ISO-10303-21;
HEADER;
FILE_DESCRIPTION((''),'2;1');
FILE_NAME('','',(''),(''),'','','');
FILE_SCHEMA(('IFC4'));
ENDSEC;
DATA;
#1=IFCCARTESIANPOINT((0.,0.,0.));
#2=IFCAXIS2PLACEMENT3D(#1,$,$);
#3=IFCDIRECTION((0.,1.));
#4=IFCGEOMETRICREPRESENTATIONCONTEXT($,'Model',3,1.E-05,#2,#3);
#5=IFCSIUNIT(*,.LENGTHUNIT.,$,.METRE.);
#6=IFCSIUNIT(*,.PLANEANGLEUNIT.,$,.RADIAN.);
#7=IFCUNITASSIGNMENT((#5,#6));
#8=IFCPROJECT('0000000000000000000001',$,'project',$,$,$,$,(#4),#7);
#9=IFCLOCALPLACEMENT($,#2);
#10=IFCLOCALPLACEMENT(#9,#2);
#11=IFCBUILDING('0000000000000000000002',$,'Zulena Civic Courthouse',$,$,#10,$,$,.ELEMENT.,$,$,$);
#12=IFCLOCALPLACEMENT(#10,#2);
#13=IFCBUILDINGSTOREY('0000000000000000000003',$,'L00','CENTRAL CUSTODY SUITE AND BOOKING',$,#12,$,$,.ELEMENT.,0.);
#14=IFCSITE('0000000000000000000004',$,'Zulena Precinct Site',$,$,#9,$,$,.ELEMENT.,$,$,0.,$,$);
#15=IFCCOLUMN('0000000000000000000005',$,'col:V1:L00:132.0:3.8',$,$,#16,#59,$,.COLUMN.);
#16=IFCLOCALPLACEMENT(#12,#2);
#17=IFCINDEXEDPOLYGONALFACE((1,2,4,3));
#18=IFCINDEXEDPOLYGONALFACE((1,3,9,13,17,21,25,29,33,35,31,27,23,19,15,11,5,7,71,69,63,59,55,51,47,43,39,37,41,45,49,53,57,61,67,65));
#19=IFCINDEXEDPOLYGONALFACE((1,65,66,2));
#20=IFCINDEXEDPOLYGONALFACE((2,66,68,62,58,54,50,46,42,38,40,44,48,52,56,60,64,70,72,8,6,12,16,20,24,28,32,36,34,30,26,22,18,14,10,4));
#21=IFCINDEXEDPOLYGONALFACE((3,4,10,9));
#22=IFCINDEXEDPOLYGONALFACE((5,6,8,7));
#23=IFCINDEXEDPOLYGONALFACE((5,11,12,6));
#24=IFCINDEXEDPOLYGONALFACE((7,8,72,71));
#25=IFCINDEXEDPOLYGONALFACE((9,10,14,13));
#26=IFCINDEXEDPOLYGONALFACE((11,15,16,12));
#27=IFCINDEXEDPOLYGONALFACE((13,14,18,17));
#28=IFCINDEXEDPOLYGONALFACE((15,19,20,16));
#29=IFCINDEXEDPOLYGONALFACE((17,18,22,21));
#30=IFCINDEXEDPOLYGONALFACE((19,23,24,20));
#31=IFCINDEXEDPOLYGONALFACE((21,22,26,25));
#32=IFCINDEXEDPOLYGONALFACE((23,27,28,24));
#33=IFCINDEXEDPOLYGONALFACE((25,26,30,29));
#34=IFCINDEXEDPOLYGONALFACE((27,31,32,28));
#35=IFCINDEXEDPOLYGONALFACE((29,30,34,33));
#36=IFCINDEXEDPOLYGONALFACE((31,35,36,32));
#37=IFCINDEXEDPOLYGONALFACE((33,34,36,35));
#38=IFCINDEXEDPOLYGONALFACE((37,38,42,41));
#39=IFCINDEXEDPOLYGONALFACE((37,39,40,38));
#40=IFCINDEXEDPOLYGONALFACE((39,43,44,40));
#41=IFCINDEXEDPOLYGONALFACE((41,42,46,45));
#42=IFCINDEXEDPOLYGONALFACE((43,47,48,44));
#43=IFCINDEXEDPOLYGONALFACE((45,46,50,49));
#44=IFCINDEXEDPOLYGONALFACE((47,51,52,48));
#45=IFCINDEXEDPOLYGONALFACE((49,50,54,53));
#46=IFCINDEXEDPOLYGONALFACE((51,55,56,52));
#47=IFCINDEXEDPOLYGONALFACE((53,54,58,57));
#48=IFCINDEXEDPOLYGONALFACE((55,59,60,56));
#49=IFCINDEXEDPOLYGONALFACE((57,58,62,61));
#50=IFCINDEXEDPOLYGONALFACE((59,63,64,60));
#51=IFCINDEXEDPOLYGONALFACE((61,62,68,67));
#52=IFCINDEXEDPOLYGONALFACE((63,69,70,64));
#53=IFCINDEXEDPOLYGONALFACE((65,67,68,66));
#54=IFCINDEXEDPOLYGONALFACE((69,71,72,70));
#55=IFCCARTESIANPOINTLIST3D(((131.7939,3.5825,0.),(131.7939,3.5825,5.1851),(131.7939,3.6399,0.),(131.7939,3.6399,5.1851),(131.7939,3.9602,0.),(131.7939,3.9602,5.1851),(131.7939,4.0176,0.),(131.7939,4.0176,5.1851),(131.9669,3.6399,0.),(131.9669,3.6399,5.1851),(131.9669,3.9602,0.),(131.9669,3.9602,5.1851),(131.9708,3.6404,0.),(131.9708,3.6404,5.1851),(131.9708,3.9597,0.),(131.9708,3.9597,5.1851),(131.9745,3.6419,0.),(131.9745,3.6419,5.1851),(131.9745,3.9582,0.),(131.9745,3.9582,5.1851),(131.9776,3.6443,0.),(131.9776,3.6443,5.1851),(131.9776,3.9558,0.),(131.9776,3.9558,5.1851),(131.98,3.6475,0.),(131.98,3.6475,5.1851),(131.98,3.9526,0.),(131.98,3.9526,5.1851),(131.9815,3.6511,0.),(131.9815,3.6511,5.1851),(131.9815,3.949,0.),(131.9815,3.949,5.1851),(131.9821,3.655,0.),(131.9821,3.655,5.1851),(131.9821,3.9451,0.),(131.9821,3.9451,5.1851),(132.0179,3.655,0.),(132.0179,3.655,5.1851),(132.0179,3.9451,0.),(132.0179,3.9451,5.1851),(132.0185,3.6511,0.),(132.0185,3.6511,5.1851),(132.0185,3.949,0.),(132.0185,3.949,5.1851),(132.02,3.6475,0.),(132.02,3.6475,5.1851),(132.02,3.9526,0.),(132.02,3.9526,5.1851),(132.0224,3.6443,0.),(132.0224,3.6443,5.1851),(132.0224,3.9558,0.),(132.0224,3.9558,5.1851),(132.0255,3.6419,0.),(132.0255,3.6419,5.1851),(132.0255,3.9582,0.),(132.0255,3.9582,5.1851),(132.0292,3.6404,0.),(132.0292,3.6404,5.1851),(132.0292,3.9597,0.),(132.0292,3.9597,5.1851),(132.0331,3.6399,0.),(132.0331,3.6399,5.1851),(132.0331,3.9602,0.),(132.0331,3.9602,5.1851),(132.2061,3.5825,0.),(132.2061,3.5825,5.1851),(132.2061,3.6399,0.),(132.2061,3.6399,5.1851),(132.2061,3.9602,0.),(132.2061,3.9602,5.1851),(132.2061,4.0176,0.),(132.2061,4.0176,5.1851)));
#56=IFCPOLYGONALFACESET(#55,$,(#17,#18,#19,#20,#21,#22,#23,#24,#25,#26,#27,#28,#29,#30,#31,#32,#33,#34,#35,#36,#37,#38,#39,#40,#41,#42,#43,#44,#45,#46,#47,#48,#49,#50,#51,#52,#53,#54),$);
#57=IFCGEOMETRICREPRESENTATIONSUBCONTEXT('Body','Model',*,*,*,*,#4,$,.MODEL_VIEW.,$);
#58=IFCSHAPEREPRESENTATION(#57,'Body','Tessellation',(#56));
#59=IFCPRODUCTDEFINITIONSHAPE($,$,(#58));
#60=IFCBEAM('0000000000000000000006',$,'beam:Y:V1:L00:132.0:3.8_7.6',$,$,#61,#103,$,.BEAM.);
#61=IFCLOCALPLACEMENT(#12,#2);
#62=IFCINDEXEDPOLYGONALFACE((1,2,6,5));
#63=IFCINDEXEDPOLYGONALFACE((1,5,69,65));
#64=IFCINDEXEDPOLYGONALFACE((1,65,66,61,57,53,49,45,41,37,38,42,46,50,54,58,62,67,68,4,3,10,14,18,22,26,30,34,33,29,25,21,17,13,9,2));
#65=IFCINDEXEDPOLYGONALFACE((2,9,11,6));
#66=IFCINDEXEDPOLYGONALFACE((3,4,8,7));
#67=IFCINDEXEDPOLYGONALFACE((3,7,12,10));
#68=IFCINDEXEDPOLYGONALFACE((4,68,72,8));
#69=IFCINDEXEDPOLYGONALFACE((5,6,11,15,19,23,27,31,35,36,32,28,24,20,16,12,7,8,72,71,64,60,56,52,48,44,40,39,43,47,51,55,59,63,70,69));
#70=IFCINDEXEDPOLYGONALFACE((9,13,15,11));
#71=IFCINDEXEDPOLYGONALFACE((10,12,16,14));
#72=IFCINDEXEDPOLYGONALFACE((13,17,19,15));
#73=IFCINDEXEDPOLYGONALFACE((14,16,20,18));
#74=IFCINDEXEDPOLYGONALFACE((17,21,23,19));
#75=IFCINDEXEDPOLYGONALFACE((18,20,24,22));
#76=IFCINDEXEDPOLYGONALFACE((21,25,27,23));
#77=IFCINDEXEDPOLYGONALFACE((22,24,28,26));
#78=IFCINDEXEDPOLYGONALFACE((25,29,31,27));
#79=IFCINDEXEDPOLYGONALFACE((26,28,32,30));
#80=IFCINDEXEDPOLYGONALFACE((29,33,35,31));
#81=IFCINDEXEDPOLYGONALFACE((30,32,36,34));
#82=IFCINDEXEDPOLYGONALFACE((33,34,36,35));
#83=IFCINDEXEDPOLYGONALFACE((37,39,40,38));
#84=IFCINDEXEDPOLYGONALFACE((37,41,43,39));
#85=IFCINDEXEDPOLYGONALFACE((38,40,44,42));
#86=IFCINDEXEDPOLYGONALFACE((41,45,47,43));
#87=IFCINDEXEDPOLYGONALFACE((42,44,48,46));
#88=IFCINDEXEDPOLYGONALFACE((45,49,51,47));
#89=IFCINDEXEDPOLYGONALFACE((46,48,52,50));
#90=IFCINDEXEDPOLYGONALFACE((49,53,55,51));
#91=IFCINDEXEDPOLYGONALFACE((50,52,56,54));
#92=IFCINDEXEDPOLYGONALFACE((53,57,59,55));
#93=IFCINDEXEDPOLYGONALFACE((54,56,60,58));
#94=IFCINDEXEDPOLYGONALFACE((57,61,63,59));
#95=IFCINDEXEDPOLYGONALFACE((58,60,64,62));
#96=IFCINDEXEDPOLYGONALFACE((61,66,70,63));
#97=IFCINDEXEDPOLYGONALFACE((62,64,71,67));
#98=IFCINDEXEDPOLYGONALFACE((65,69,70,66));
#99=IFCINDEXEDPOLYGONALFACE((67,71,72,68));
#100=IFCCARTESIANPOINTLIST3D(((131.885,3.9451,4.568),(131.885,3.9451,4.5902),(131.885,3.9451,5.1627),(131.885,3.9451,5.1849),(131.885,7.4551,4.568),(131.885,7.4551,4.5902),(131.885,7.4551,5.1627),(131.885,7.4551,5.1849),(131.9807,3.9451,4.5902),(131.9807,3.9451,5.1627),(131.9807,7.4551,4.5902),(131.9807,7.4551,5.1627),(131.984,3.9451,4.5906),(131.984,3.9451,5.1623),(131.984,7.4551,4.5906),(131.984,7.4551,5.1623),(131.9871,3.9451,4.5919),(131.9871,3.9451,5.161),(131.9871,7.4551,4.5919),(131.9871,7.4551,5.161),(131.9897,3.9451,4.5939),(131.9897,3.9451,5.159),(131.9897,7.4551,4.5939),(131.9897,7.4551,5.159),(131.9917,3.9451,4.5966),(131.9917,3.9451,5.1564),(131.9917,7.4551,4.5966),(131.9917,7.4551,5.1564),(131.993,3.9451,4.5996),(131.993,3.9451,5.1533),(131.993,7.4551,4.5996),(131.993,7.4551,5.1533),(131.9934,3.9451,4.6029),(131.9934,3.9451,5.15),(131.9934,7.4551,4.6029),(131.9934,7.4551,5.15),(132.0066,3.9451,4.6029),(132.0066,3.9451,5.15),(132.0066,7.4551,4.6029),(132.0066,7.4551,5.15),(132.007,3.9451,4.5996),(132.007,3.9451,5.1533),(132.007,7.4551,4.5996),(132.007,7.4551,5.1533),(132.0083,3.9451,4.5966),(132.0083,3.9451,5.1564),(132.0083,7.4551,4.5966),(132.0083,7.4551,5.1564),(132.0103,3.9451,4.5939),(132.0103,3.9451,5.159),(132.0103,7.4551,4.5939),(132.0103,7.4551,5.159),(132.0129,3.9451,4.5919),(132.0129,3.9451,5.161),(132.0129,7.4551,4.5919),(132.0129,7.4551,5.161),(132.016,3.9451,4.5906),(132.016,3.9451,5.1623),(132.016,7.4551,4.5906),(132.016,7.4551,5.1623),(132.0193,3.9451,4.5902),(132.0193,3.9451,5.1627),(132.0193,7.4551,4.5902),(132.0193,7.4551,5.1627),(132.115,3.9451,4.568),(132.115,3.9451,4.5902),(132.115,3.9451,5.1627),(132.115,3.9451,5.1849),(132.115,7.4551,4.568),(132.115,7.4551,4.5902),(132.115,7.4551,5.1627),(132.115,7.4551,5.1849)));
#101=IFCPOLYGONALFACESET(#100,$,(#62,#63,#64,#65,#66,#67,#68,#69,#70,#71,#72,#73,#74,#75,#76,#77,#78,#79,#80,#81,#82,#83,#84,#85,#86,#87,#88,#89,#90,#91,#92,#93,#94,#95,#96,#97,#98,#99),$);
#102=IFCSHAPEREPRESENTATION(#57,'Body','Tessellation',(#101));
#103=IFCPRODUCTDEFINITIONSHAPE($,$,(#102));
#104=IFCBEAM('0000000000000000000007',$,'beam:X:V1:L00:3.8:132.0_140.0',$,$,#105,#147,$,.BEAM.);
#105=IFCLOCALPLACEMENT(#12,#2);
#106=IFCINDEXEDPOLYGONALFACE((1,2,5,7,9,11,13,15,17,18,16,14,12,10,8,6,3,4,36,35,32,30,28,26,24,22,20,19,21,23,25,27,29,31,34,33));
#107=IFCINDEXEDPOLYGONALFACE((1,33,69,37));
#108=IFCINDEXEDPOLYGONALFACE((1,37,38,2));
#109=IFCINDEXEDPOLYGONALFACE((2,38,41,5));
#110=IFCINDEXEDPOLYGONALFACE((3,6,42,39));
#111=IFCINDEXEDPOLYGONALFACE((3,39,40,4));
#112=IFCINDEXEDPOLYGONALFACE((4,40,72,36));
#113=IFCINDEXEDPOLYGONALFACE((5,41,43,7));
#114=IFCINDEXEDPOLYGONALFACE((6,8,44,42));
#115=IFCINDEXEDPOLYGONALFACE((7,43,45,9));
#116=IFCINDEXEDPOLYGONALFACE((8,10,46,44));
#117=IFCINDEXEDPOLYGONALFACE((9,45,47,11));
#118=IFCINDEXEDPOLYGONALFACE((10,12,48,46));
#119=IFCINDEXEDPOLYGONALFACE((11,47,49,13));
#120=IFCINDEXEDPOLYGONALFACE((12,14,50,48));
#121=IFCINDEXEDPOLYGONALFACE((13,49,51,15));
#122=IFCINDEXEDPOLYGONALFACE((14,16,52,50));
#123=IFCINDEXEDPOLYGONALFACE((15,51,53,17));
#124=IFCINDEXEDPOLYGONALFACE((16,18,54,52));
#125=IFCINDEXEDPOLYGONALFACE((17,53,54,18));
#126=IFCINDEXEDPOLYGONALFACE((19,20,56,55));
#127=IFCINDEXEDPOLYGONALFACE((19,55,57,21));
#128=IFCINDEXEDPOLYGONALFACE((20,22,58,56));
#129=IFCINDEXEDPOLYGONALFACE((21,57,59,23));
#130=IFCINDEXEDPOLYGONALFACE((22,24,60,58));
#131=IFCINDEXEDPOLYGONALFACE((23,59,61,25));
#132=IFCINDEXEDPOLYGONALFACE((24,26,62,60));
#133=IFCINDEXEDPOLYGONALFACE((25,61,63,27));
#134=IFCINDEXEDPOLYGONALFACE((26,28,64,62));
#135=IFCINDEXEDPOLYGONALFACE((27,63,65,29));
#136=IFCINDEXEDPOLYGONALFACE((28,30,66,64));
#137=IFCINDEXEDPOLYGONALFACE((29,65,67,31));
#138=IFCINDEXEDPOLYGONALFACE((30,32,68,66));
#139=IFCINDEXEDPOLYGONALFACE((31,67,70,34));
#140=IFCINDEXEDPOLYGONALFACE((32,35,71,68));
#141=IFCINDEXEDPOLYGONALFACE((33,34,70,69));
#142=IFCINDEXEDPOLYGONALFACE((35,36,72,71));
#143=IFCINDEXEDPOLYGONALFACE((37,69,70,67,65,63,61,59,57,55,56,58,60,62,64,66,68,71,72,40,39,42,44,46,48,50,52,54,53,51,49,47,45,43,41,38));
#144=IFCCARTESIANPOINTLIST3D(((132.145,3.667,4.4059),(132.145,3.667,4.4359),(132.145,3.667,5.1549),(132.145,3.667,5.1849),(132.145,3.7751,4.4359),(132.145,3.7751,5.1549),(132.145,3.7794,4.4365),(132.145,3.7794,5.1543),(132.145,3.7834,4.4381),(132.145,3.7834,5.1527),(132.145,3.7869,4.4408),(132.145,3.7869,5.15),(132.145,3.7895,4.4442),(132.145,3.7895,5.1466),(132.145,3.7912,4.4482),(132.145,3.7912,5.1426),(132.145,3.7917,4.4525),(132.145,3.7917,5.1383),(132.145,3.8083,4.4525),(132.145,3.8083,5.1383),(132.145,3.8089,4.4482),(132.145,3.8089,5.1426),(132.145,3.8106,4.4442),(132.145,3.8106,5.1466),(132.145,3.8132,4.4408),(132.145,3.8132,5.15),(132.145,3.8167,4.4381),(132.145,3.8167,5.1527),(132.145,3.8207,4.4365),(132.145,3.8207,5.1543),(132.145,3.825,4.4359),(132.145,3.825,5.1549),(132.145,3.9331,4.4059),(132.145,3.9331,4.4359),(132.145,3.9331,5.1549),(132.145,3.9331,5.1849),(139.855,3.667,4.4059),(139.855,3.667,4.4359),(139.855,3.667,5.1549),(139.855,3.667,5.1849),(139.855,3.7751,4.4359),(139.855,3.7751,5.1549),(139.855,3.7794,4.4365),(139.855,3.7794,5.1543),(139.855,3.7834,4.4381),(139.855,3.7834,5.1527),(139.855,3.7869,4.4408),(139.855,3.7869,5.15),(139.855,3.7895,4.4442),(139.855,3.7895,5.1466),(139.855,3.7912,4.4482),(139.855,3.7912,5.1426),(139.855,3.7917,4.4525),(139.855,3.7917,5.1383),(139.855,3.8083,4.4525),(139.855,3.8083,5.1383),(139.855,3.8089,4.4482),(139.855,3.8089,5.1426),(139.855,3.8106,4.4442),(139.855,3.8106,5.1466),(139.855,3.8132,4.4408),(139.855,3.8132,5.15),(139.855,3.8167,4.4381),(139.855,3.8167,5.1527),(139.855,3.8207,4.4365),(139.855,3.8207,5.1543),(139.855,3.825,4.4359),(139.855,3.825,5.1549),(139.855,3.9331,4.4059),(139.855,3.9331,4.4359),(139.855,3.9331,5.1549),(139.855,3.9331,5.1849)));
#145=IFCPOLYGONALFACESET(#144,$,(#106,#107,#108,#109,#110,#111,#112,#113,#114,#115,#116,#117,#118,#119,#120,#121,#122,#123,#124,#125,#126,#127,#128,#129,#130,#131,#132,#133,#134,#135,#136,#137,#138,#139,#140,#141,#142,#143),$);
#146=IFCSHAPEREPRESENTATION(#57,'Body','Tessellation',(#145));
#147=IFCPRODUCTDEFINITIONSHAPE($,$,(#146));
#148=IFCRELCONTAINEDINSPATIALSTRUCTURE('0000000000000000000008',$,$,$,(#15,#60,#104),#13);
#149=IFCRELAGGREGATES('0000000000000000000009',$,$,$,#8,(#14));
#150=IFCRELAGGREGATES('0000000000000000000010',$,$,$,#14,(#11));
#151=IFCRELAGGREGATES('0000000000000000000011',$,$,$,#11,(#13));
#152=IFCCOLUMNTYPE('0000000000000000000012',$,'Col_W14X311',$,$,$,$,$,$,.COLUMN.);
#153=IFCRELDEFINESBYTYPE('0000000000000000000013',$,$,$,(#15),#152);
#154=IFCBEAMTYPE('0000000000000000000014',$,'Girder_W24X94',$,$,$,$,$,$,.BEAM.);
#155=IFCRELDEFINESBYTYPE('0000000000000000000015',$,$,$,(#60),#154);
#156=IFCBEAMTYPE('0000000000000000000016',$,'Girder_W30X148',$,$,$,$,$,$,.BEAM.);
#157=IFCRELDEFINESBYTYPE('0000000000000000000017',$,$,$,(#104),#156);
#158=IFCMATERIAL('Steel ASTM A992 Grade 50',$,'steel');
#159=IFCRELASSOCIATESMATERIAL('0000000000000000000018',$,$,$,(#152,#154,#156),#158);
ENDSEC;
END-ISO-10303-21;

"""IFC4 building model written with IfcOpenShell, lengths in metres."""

from ifc_helpers import new_model, si_unit, direction, frame, origin, origin_2d, place, context, subcontext, project, spatial, i_section, extrude, material, material_profile, profile_set, type_object, element, save


model = new_model("IFC4")

# Units and contexts
model_context = context("Model", 3, precision=1e-05, world=origin(), true_north=direction((0.0, 1.0)))
body_context = subcontext(model_context, "Body", "Model", "MODEL_VIEW")
ifc_project = project(units=[si_unit("LENGTHUNIT", "METRE"), si_unit("PLANEANGLEUNIT", "RADIAN")], contexts=[model_context])

# Site, building, storey
site_placement = place(None, origin())
site = spatial("IfcSite", under=ifc_project, at=site_placement, Name="Zulena Precinct Site", CompositionType="ELEMENT", RefElevation=0.0)
building_placement = place(site_placement, origin())
building = spatial("IfcBuilding", under=site, at=building_placement, Name="Zulena Civic Courthouse", CompositionType="ELEMENT")
storey_placement = place(building_placement, origin())
storey = spatial("IfcBuildingStorey", under=building, at=storey_placement, Name="L00", Description="CENTRAL CUSTODY SUITE AND BOOKING", CompositionType="ELEMENT", Elevation=0.0)

# Column
ifc_material_1 = material(Name="Steel ASTM A992 Grade 50", Category="steel")
ifc_material_profile_1 = material_profile(ifc_material_1, i_section(OverallWidth=0.4121, OverallDepth=0.4351, WebThickness=0.0359, FlangeThickness=0.0574, FilletRadius=0.0151, at=origin_2d()), Name="W14X311")
ifc_profile_set_1 = profile_set([ifc_material_profile_1], Name="Steel ASTM A992 Grade 50")
column_type_1 = type_object("IfcColumnType", Name="Col_W14X311", PredefinedType="COLUMN", material=ifc_profile_set_1)
column_1_placement = place(storey_placement, frame((132.0, 3.8, 0.0), z_axis=(0.0, 0.0, 1.0), x_axis=(1.0, 0.0, 0.0)))
element("IfcColumn", 1, at=column_1_placement, inside=storey, type_object=column_type_1, Name="col:V1:L00:132.0:3.8", PredefinedType="COLUMN", context=body_context, shape_type="SweptSolid", body=[
    extrude(i_section(OverallWidth=0.4121, OverallDepth=0.4351, WebThickness=0.0359, FlangeThickness=0.0574, FilletRadius=0.0151, at=origin_2d()), origin(), (0.0, 0.0, 1.0), 5.1851),
])

# Beams
ifc_material_profile_2 = material_profile(ifc_material_1, i_section(OverallWidth=0.23, OverallDepth=0.6169, WebThickness=0.0132, FlangeThickness=0.0222, FilletRadius=0.0127, at=origin_2d()), Name="W24X94")
ifc_profile_set_2 = profile_set([ifc_material_profile_2], Name="Steel ASTM A992 Grade 50")
beam_type_1 = type_object("IfcBeamType", Name="Girder_W24X94", PredefinedType="BEAM", material=ifc_profile_set_2)
beam_1_placement = place(storey_placement, frame((132.0, 3.9451, 4.8765), z_axis=(0.0, 1.0, 0.0), x_axis=(-1.0, 0.0, 0.0)))
element("IfcBeam", 2, at=beam_1_placement, inside=storey, type_object=beam_type_1, Name="beam:Y:V1:L00:132.0:3.8_7.6", PredefinedType="BEAM", context=body_context, shape_type="SweptSolid", body=[
    extrude(i_section(OverallWidth=0.23, OverallDepth=0.6169, WebThickness=0.0132, FlangeThickness=0.0222, FilletRadius=0.0127, at=origin_2d()), origin(), (0.0, 0.0, 1.0), 3.51),
])
ifc_material_profile_3 = material_profile(ifc_material_1, i_section(OverallWidth=0.2661, OverallDepth=0.7791, WebThickness=0.0166, FlangeThickness=0.03, FilletRadius=0.0166, at=origin_2d()), Name="W30X148")
ifc_profile_set_3 = profile_set([ifc_material_profile_3], Name="Steel ASTM A992 Grade 50")
beam_type_2 = type_object("IfcBeamType", Name="Girder_W30X148", PredefinedType="BEAM", material=ifc_profile_set_3)
beam_2_placement = place(storey_placement, frame((132.145, 3.8, 4.7954), z_axis=(1.0, 0.0, 0.0), x_axis=(0.0, 1.0, 0.0)))
element("IfcBeam", 3, at=beam_2_placement, inside=storey, type_object=beam_type_2, Name="beam:X:V1:L00:3.8:132.0_140.0", PredefinedType="BEAM", context=body_context, shape_type="SweptSolid", body=[
    extrude(i_section(OverallWidth=0.2661, OverallDepth=0.7791, WebThickness=0.0166, FlangeThickness=0.03, FilletRadius=0.0166, at=origin_2d()), origin(), (0.0, 0.0, 1.0), 7.71),
])

save(model, "model.ifc")
